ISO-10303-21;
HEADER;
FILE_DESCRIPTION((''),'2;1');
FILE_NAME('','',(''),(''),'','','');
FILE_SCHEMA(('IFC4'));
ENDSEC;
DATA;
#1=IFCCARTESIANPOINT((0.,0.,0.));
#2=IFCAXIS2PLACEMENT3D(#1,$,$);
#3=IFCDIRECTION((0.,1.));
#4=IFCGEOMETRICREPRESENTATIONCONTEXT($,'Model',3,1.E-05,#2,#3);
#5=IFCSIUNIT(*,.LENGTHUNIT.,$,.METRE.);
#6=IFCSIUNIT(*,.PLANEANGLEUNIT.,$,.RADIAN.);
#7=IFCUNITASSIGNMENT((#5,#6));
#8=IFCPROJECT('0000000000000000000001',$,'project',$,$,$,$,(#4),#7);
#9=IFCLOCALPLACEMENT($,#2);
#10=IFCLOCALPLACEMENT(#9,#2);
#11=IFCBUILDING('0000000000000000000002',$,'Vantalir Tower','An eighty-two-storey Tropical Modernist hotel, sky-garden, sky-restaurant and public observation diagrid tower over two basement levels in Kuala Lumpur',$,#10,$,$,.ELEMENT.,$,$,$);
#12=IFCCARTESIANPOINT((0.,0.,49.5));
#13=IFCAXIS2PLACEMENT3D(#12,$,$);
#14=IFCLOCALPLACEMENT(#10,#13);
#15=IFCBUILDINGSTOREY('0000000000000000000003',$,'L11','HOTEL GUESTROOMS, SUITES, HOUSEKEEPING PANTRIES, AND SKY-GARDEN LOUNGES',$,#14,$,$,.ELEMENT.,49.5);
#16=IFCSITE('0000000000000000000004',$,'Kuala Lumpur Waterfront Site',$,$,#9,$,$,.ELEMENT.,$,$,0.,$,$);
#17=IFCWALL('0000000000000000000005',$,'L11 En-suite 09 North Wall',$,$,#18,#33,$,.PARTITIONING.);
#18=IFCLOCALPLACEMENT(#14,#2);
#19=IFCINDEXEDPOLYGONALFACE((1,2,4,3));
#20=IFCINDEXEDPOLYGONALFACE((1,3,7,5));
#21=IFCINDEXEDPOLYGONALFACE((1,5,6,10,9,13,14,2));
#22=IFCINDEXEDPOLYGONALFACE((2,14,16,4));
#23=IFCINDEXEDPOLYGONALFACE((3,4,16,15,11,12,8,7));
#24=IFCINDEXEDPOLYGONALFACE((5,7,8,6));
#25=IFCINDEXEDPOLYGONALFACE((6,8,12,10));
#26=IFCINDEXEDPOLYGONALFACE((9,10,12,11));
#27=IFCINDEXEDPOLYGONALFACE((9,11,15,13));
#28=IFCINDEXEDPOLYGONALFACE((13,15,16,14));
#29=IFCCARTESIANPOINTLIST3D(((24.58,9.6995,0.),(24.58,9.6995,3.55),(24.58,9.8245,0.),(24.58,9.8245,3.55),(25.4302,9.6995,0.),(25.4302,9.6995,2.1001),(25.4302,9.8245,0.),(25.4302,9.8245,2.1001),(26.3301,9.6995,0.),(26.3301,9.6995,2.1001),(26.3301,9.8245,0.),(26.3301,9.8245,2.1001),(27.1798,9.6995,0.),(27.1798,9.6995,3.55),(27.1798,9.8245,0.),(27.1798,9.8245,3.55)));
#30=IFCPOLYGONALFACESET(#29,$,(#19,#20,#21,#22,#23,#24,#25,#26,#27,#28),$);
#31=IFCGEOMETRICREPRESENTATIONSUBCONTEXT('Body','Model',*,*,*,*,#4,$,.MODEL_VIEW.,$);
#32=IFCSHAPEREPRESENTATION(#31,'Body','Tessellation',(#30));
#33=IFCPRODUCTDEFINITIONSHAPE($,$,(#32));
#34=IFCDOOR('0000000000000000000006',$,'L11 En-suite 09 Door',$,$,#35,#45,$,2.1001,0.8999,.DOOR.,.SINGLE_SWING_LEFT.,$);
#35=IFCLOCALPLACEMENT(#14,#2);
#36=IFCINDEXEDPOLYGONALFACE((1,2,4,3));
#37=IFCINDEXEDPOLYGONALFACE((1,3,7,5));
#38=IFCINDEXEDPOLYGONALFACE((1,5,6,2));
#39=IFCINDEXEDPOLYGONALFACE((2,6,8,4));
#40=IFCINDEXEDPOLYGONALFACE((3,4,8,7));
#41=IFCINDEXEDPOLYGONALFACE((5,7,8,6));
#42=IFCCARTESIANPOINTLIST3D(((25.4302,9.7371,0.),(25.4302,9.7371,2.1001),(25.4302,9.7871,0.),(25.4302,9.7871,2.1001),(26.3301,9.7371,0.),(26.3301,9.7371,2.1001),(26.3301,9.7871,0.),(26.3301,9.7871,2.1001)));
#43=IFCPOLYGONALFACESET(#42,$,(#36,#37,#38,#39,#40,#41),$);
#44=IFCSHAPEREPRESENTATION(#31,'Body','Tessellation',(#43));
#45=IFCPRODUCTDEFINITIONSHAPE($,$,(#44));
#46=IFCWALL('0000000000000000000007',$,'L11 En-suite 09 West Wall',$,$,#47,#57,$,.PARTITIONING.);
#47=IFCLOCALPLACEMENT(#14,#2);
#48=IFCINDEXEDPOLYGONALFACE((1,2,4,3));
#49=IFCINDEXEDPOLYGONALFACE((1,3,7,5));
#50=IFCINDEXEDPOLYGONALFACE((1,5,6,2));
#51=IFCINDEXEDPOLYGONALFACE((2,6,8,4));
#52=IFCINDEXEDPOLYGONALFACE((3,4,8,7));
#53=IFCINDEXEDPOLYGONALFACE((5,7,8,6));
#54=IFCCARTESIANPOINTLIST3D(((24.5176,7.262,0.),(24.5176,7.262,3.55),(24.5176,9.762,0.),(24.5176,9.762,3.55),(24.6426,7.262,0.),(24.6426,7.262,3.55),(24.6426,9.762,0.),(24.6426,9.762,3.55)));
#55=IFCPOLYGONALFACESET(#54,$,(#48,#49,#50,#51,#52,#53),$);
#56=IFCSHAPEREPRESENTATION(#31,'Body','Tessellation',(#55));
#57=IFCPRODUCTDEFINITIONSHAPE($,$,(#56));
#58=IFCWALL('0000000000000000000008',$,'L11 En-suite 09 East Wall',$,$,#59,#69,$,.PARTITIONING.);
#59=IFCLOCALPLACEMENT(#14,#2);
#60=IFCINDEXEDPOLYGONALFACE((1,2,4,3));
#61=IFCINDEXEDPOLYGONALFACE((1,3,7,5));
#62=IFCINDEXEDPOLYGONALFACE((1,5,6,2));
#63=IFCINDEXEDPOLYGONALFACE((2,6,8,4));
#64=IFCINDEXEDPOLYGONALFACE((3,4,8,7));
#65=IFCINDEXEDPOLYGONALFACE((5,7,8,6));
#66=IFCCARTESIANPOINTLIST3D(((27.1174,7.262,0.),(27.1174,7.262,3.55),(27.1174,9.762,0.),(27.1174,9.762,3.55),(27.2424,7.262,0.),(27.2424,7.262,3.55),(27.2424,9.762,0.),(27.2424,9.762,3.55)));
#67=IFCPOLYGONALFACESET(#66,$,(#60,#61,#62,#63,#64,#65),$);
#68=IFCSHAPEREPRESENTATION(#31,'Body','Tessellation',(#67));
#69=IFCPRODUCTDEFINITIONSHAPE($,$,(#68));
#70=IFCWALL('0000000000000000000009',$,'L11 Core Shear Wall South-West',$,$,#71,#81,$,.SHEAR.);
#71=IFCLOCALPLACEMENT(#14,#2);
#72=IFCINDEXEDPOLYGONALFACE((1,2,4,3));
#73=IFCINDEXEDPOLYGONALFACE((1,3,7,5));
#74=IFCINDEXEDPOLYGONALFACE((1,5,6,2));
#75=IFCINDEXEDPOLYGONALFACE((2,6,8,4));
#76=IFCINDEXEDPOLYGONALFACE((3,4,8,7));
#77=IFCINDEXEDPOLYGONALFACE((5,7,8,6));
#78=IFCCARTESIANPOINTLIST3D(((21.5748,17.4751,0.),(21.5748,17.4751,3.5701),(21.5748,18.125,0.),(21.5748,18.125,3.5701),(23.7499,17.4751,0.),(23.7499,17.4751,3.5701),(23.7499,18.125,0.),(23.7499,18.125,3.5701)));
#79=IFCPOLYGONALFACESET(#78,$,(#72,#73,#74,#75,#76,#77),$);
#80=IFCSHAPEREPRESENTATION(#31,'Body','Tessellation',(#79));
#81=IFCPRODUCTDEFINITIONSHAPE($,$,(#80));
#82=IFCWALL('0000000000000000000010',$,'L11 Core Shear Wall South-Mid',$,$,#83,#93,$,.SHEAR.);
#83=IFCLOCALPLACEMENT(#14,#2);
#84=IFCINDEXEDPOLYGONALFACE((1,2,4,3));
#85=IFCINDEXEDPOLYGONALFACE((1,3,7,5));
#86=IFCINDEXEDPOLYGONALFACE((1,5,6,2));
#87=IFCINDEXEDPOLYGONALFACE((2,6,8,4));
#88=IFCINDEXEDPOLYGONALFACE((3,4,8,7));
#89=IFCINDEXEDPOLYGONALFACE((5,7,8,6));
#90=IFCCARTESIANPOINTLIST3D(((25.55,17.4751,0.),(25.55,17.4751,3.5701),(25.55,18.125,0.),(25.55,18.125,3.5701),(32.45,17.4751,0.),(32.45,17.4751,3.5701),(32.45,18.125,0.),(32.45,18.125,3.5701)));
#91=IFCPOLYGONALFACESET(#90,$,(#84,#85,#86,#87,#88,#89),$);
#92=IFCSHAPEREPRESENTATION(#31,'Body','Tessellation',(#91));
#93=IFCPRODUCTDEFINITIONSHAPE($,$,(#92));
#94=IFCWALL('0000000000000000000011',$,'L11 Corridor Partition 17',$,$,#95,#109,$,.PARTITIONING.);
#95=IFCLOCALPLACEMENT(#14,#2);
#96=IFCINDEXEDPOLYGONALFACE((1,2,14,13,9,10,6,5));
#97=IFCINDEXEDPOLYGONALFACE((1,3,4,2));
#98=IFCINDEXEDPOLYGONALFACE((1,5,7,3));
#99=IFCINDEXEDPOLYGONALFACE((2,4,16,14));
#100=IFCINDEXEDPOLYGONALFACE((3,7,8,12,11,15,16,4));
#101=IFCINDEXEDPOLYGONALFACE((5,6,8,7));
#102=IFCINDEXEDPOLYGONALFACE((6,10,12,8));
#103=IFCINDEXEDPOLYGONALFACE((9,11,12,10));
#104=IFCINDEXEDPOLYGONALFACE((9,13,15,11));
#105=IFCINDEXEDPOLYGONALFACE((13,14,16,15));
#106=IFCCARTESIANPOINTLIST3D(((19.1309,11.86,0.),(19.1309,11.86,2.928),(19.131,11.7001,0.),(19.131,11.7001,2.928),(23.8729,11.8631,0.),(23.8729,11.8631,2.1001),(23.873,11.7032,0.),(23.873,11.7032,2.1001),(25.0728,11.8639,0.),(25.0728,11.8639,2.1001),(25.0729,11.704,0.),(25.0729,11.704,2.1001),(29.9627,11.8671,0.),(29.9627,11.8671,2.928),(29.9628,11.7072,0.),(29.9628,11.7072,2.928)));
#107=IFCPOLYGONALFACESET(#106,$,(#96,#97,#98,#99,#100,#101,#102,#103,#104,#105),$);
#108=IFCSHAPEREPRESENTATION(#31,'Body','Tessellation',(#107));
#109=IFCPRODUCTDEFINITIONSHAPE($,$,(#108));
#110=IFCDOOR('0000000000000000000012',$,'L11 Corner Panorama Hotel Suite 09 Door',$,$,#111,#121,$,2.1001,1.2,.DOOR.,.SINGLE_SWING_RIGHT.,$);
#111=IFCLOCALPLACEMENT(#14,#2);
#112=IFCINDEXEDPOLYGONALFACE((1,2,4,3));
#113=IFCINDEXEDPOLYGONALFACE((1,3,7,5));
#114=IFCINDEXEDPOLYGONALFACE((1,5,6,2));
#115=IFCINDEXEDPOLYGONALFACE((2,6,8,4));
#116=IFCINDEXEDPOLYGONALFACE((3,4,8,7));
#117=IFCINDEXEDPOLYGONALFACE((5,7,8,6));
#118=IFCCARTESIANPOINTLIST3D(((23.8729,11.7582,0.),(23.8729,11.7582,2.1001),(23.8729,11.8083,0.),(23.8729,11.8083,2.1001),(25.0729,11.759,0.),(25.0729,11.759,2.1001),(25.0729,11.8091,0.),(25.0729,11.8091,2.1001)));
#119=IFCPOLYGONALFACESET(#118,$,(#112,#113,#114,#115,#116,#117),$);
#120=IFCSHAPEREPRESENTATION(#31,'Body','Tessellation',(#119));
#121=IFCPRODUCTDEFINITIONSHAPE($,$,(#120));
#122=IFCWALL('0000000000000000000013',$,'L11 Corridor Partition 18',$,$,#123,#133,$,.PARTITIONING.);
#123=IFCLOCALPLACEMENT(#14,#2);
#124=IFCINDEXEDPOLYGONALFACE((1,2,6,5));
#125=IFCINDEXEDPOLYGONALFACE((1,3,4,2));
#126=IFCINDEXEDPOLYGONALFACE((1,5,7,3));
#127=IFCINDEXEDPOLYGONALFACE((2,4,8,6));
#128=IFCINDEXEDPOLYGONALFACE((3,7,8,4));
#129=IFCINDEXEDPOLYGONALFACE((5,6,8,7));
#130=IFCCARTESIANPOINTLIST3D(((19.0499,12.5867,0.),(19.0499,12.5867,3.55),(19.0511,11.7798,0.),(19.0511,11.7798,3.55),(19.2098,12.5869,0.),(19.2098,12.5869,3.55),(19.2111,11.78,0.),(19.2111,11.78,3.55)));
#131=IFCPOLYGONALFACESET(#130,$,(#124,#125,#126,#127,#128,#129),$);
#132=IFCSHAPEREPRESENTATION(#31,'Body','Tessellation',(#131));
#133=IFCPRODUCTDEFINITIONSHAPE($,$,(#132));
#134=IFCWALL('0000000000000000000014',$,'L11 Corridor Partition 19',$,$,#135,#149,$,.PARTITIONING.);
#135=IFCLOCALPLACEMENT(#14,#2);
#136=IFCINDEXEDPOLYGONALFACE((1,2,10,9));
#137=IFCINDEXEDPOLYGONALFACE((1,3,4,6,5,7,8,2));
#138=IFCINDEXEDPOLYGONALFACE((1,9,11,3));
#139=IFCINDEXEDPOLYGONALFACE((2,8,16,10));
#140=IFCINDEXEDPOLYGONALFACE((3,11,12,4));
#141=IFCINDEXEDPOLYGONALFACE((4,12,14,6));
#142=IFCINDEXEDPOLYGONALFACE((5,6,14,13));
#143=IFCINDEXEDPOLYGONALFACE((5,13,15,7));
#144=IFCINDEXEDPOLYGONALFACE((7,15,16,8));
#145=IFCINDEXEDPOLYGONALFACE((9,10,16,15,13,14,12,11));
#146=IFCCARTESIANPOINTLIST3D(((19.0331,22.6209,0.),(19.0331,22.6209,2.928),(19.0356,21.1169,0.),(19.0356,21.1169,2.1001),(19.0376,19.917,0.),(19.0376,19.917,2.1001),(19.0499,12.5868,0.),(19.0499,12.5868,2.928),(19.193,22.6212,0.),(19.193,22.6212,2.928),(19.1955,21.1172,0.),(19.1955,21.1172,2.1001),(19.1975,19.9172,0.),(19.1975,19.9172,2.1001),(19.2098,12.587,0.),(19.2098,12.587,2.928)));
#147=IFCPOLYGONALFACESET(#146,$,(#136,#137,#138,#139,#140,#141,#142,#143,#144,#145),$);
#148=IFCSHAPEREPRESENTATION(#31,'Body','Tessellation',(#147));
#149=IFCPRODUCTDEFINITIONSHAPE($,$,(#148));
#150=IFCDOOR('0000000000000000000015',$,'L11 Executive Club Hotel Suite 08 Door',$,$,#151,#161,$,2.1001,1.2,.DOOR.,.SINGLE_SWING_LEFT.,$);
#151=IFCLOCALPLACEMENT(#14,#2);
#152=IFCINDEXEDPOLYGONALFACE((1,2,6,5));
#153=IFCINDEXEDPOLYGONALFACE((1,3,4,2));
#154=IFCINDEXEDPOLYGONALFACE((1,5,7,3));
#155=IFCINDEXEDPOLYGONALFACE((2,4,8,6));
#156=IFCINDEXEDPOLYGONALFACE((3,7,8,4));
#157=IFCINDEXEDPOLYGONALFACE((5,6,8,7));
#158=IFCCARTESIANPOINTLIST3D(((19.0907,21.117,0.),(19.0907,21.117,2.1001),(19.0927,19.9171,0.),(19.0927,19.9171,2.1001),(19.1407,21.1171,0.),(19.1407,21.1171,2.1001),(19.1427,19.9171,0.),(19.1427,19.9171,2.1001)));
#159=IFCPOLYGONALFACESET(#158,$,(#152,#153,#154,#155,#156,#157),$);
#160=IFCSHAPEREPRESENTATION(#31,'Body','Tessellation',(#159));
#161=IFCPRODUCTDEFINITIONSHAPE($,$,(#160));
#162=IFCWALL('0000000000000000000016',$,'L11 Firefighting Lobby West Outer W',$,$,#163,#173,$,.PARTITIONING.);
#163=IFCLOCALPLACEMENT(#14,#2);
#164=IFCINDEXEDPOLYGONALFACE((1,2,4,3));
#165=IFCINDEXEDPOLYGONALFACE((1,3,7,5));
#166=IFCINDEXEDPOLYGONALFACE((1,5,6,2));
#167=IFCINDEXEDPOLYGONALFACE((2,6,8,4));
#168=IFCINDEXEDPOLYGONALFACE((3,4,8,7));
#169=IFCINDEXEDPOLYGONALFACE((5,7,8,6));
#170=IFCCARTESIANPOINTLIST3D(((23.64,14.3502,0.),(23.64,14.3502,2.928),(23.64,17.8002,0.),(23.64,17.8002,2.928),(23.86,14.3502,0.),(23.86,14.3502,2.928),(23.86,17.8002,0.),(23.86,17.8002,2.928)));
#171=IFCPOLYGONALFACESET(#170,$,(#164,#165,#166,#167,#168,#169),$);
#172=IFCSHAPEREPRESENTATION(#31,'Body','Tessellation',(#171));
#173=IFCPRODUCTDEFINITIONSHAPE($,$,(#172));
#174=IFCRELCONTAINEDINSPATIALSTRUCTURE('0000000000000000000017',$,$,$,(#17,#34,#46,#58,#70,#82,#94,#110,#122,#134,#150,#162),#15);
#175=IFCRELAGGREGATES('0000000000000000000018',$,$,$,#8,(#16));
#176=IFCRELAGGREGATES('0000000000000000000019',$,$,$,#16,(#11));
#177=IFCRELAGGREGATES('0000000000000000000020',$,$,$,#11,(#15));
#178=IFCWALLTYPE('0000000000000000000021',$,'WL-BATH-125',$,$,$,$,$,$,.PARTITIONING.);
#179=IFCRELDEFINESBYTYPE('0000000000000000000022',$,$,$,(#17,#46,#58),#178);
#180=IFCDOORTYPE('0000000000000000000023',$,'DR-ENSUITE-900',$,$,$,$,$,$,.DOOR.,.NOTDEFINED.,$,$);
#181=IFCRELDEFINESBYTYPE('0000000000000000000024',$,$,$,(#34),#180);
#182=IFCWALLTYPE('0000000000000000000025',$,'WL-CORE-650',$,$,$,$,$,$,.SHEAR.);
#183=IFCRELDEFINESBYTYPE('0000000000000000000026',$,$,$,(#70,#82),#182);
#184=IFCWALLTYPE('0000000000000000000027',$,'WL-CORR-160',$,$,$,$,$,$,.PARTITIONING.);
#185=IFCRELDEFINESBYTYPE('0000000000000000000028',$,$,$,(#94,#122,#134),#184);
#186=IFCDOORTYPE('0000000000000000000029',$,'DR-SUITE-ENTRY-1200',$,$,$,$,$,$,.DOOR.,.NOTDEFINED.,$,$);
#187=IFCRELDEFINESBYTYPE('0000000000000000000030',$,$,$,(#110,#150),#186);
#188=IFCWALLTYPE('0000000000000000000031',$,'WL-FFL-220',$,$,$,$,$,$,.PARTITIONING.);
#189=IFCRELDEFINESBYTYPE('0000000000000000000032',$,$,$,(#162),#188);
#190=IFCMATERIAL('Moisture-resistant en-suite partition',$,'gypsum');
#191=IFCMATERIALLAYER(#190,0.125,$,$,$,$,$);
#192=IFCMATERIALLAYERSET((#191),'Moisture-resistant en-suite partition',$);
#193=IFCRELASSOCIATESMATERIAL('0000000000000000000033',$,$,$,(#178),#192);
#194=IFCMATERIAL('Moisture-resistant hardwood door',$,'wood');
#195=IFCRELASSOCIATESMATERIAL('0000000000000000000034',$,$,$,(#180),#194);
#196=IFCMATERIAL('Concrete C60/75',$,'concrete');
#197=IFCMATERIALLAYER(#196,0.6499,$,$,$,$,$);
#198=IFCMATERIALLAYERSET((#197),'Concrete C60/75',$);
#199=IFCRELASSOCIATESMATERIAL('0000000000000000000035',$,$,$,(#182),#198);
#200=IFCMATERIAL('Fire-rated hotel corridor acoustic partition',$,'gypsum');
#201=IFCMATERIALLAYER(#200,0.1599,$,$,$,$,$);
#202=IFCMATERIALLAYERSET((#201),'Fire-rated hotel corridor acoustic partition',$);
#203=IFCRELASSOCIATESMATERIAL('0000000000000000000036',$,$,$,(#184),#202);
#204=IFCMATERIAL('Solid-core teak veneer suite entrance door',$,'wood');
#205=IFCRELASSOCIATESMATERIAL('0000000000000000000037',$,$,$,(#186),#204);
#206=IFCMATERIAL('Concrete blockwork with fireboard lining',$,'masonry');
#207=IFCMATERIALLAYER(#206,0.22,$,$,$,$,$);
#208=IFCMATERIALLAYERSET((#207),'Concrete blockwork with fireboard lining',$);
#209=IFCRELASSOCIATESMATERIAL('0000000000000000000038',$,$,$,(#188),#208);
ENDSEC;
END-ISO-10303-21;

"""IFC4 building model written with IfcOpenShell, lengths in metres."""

from ifc_helpers import new_model, si_unit, direction, frame, frame_2d, origin, place, context, subcontext, project, spatial, rectangle, extrude, material, layer, layer_set, type_object, element, fill, save


model = new_model("IFC4")

# Units and contexts
model_context = context("Model", 3, precision=1e-05, world=origin(), true_north=direction((0.0, 1.0)))
body_context = subcontext(model_context, "Body", "Model", "MODEL_VIEW")
ifc_project = project(units=[si_unit("LENGTHUNIT", "METRE"), si_unit("PLANEANGLEUNIT", "RADIAN")], contexts=[model_context])

# Site, building, storey
site_placement = place(None, origin())
site = spatial("IfcSite", under=ifc_project, at=site_placement, Name="Kuala Lumpur Waterfront Site", CompositionType="ELEMENT", RefElevation=0.0)
building_placement = place(site_placement, origin())
building = spatial("IfcBuilding", under=site, at=building_placement, Name="Vantalir Tower", Description="An eighty-two-storey Tropical Modernist hotel, sky-garden, sky-restaurant and public observation diagrid tower over two basement levels in Kuala Lumpur", CompositionType="ELEMENT")
storey_placement = place(building_placement, frame((0.0, 0.0, 49.5)))
storey = spatial("IfcBuildingStorey", under=building, at=storey_placement, Name="L11", Description="HOTEL GUESTROOMS, SUITES, HOUSEKEEPING PANTRIES, AND SKY-GARDEN LOUNGES", CompositionType="ELEMENT", Elevation=49.5)

# Shared definitions
ifc_material_1 = material(Name="Concrete C60/75", Category="concrete")

# Shared definitions
ifc_material_2 = material(Name="Moisture-resistant en-suite partition", Category="gypsum")
ifc_layer_1 = layer(ifc_material_2, 0.125)
ifc_layer_set_1 = layer_set([ifc_layer_1], Name="Moisture-resistant en-suite partition")
wall_type_1 = type_object("IfcWallType", Name="WL-BATH-125", PredefinedType="PARTITIONING", material=ifc_layer_set_1)

# Wall, opening, door
wall_1_placement = place(storey_placement, frame((24.5801, 9.762, 0.0), z_axis=(0.0, 0.0, 1.0), x_axis=(1.0, 0.0, 0.0)))
wall_1 = element("IfcWall", 1, at=wall_1_placement, inside=storey, type_object=wall_type_1, Name="L11 En-suite 09 North Wall", PredefinedType="PARTITIONING", context=body_context, shape_type="SweptSolid", body=[
    extrude(rectangle(XDim=2.5999, YDim=0.125, at=frame_2d((1.2998, 0.0))), origin(), (0.0, 0.0, 1.0), 3.55),
])
opening_1_placement = place(wall_1_placement, frame((0.8501, 0.0, 0.0)))
opening_1 = element("IfcOpeningElement", 2, at=opening_1_placement, cuts=wall_1, PredefinedType="OPENING", context=body_context, shape_type="SweptSolid", body=[
    extrude(rectangle(XDim=0.8999, YDim=2.1001, at=frame_2d((0.45, 1.05))), frame((0.0, 0.0725, 0.0), z_axis=(0.0, -1.0, 0.0), x_axis=(1.0, 0.0, 0.0)), (0.0, 0.0, 1.0), 0.145),
])
ifc_material_3 = material(Name="Moisture-resistant hardwood door", Category="wood")
door_type_1 = type_object("IfcDoorType", Name="DR-ENSUITE-900", OperationType="NOTDEFINED", PredefinedType="DOOR", material=ifc_material_3)
door_1_placement = place(opening_1_placement, frame((0.8999, 0.0, 0.0), z_axis=(0.0, 0.0, 1.0), x_axis=(-1.0, 0.0, 0.0)))
door_1 = element("IfcDoor", 3, at=door_1_placement, inside=storey, type_object=door_type_1, Name="L11 En-suite 09 Door", OperationType="SINGLE_SWING_LEFT", OverallHeight=2.1001, OverallWidth=0.8999, PredefinedType="DOOR", context=body_context, shape_type="SweptSolid", body=[
    extrude(rectangle(XDim=0.8999, YDim=2.1001, at=frame_2d((0.45, 1.05))), frame((0.0, 0.0249, 0.0), z_axis=(0.0, -1.0, 0.0), x_axis=(1.0, 0.0, 0.0)), (0.0, 0.0, 1.0), 0.05),
])
fill(opening_1, door_1)

# Walls
for number, where, z_axis, x_axis, name in (
    (4, (24.5801, 7.262, 0.0), (0.0, 0.0, 1.0), (0.0, 1.0, 0.0), "L11 En-suite 09 West Wall"),
    (5, (27.1799, 7.262, 0.0), (0.0, 0.0, 1.0), (0.0, 1.0, 0.0), "L11 En-suite 09 East Wall"),
):
    element("IfcWall", number, at=place(storey_placement, frame(where, z_axis=z_axis, x_axis=x_axis)), inside=storey, type_object=wall_type_1, Name=name, PredefinedType="PARTITIONING", context=body_context, shape_type="SweptSolid", body=[
        extrude(rectangle(XDim=2.5, YDim=0.125, at=frame_2d((1.25, 0.0))), origin(), (0.0, 0.0, 1.0), 3.55),
    ])
ifc_layer_2 = layer(ifc_material_1, 0.6499)
ifc_layer_set_2 = layer_set([ifc_layer_2], Name="Concrete C60/75")
wall_type_2 = type_object("IfcWallType", Name="WL-CORE-650", PredefinedType="SHEAR", material=ifc_layer_set_2)
wall_2_placement = place(storey_placement, frame((21.575, 17.8, 0.0), z_axis=(0.0, 0.0, 1.0), x_axis=(1.0, 0.0, 0.0)))
element("IfcWall", 6, at=wall_2_placement, inside=storey, type_object=wall_type_2, Name="L11 Core Shear Wall South-West", PredefinedType="SHEAR", context=body_context, shape_type="SweptSolid", body=[
    extrude(rectangle(XDim=2.175, YDim=0.6499, at=frame_2d((1.0874, 0.0))), origin(), (0.0, 0.0, 1.0), 3.5701),
])
wall_3_placement = place(storey_placement, frame((25.55, 17.8, 0.0), z_axis=(0.0, 0.0, 1.0), x_axis=(1.0, 0.0, 0.0)))
element("IfcWall", 7, at=wall_3_placement, inside=storey, type_object=wall_type_2, Name="L11 Core Shear Wall South-Mid", PredefinedType="SHEAR", context=body_context, shape_type="SweptSolid", body=[
    extrude(rectangle(XDim=6.8999, YDim=0.6499, at=frame_2d((3.45, 0.0))), origin(), (0.0, 0.0, 1.0), 3.5701),
])

# Wall, opening, door
ifc_material_4 = material(Name="Fire-rated hotel corridor acoustic partition", Category="gypsum")
ifc_layer_3 = layer(ifc_material_4, 0.1599)
ifc_layer_set_3 = layer_set([ifc_layer_3], Name="Fire-rated hotel corridor acoustic partition")
wall_type_3 = type_object("IfcWallType", Name="WL-CORR-160", PredefinedType="PARTITIONING", material=ifc_layer_set_3)
wall_4_placement = place(storey_placement, frame((29.9629, 11.7871, 0.0), z_axis=(0.0, 0.0, 1.0), x_axis=(-1.0, -0.000654, 0.0)))
wall_4 = element("IfcWall", 8, at=wall_4_placement, inside=storey, type_object=wall_type_3, Name="L11 Corridor Partition 17", PredefinedType="PARTITIONING", context=body_context, shape_type="SweptSolid", body=[
    extrude(rectangle(XDim=10.8318, YDim=0.1599, at=frame_2d((5.416, 0.0))), origin(), (0.0, 0.0, 1.0), 2.928),
])
opening_2_placement = place(wall_4_placement, frame((4.8899, 0.0, 0.0)))
opening_2 = element("IfcOpeningElement", 9, at=opening_2_placement, cuts=wall_4, PredefinedType="OPENING", context=body_context, shape_type="SweptSolid", body=[
    extrude(rectangle(XDim=1.2, YDim=2.1001, at=frame_2d((0.6001, 1.05))), frame((0.0, 0.0898, 0.0), z_axis=(0.0, -1.0, 0.0), x_axis=(1.0, 0.0, 0.0)), (0.0, 0.0, 1.0), 0.1799),
])
ifc_material_5 = material(Name="Solid-core teak veneer suite entrance door", Category="wood")
door_type_2 = type_object("IfcDoorType", Name="DR-SUITE-ENTRY-1200", OperationType="NOTDEFINED", PredefinedType="DOOR", material=ifc_material_5)
door_2_placement = place(opening_2_placement, origin())
door_2 = element("IfcDoor", 10, at=door_2_placement, inside=storey, type_object=door_type_2, Name="L11 Corner Panorama Hotel Suite 09 Door", OperationType="SINGLE_SWING_RIGHT", OverallHeight=2.1001, OverallWidth=1.2, PredefinedType="DOOR", context=body_context, shape_type="SweptSolid", body=[
    extrude(rectangle(XDim=1.2, YDim=2.1001, at=frame_2d((0.6001, 1.05))), frame((0.0, 0.0249, 0.0), z_axis=(0.0, -1.0, 0.0), x_axis=(1.0, 0.0, 0.0)), (0.0, 0.0, 1.0), 0.05),
])
fill(opening_2, door_2)

# Wall
wall_5_placement = place(storey_placement, frame((19.1311, 11.78, 0.0), z_axis=(0.0, 0.0, 1.0), x_axis=(-0.001513, 0.999999, 0.0)))
element("IfcWall", 11, at=wall_5_placement, inside=storey, type_object=wall_type_3, Name="L11 Corridor Partition 18", PredefinedType="PARTITIONING", context=body_context, shape_type="SweptSolid", body=[
    extrude(rectangle(XDim=0.8069, YDim=0.1599, at=frame_2d((0.4033, 0.0))), origin(), (0.0, 0.0, 1.0), 3.55),
])

# Wall, opening, door
wall_6_placement = place(storey_placement, frame((19.1299, 12.5869, 0.0), z_axis=(0.0, 0.0, 1.0), x_axis=(-0.001679, 0.999999, 0.0)))
wall_6 = element("IfcWall", 12, at=wall_6_placement, inside=storey, type_object=wall_type_3, Name="L11 Corridor Partition 19", PredefinedType="PARTITIONING", context=body_context, shape_type="SweptSolid", body=[
    extrude(rectangle(XDim=10.0342, YDim=0.1599, at=frame_2d((5.0171, 0.0))), origin(), (0.0, 0.0, 1.0), 2.928),
])
opening_3_placement = place(wall_6_placement, frame((7.3301, 0.0, 0.0)))
opening_3 = element("IfcOpeningElement", 13, at=opening_3_placement, cuts=wall_6, PredefinedType="OPENING", context=body_context, shape_type="SweptSolid", body=[
    extrude(rectangle(XDim=1.2, YDim=2.1001, at=frame_2d((0.6001, 1.05))), frame((0.0, 0.0898, 0.0), z_axis=(0.0, -1.0, 0.0), x_axis=(1.0, 0.0, 0.0)), (0.0, 0.0, 1.0), 0.1799),
])
door_3_placement = place(opening_3_placement, origin())
door_3 = element("IfcDoor", 14, at=door_3_placement, inside=storey, type_object=door_type_2, Name="L11 Executive Club Hotel Suite 08 Door", OperationType="SINGLE_SWING_LEFT", OverallHeight=2.1001, OverallWidth=1.2, PredefinedType="DOOR", context=body_context, shape_type="SweptSolid", body=[
    extrude(rectangle(XDim=1.2, YDim=2.1001, at=frame_2d((0.6001, 1.05))), frame((0.0, 0.0249, 0.0), z_axis=(0.0, -1.0, 0.0), x_axis=(1.0, 0.0, 0.0)), (0.0, 0.0, 1.0), 0.05),
])
fill(opening_3, door_3)

# Wall
ifc_material_6 = material(Name="Concrete blockwork with fireboard lining", Category="masonry")
ifc_layer_4 = layer(ifc_material_6, 0.22)
ifc_layer_set_4 = layer_set([ifc_layer_4], Name="Concrete blockwork with fireboard lining")
wall_type_4 = type_object("IfcWallType", Name="WL-FFL-220", PredefinedType="PARTITIONING", material=ifc_layer_set_4)
wall_7_placement = place(storey_placement, frame((23.75, 14.3501, 0.0), z_axis=(0.0, 0.0, 1.0), x_axis=(0.0, 1.0, 0.0)))
element("IfcWall", 15, at=wall_7_placement, inside=storey, type_object=wall_type_4, Name="L11 Firefighting Lobby West Outer W", PredefinedType="PARTITIONING", context=body_context, shape_type="SweptSolid", body=[
    extrude(rectangle(XDim=3.45, YDim=0.22, at=frame_2d((1.7251, 0.0))), origin(), (0.0, 0.0, 1.0), 2.928),
])

save(model, "model.ifc")
